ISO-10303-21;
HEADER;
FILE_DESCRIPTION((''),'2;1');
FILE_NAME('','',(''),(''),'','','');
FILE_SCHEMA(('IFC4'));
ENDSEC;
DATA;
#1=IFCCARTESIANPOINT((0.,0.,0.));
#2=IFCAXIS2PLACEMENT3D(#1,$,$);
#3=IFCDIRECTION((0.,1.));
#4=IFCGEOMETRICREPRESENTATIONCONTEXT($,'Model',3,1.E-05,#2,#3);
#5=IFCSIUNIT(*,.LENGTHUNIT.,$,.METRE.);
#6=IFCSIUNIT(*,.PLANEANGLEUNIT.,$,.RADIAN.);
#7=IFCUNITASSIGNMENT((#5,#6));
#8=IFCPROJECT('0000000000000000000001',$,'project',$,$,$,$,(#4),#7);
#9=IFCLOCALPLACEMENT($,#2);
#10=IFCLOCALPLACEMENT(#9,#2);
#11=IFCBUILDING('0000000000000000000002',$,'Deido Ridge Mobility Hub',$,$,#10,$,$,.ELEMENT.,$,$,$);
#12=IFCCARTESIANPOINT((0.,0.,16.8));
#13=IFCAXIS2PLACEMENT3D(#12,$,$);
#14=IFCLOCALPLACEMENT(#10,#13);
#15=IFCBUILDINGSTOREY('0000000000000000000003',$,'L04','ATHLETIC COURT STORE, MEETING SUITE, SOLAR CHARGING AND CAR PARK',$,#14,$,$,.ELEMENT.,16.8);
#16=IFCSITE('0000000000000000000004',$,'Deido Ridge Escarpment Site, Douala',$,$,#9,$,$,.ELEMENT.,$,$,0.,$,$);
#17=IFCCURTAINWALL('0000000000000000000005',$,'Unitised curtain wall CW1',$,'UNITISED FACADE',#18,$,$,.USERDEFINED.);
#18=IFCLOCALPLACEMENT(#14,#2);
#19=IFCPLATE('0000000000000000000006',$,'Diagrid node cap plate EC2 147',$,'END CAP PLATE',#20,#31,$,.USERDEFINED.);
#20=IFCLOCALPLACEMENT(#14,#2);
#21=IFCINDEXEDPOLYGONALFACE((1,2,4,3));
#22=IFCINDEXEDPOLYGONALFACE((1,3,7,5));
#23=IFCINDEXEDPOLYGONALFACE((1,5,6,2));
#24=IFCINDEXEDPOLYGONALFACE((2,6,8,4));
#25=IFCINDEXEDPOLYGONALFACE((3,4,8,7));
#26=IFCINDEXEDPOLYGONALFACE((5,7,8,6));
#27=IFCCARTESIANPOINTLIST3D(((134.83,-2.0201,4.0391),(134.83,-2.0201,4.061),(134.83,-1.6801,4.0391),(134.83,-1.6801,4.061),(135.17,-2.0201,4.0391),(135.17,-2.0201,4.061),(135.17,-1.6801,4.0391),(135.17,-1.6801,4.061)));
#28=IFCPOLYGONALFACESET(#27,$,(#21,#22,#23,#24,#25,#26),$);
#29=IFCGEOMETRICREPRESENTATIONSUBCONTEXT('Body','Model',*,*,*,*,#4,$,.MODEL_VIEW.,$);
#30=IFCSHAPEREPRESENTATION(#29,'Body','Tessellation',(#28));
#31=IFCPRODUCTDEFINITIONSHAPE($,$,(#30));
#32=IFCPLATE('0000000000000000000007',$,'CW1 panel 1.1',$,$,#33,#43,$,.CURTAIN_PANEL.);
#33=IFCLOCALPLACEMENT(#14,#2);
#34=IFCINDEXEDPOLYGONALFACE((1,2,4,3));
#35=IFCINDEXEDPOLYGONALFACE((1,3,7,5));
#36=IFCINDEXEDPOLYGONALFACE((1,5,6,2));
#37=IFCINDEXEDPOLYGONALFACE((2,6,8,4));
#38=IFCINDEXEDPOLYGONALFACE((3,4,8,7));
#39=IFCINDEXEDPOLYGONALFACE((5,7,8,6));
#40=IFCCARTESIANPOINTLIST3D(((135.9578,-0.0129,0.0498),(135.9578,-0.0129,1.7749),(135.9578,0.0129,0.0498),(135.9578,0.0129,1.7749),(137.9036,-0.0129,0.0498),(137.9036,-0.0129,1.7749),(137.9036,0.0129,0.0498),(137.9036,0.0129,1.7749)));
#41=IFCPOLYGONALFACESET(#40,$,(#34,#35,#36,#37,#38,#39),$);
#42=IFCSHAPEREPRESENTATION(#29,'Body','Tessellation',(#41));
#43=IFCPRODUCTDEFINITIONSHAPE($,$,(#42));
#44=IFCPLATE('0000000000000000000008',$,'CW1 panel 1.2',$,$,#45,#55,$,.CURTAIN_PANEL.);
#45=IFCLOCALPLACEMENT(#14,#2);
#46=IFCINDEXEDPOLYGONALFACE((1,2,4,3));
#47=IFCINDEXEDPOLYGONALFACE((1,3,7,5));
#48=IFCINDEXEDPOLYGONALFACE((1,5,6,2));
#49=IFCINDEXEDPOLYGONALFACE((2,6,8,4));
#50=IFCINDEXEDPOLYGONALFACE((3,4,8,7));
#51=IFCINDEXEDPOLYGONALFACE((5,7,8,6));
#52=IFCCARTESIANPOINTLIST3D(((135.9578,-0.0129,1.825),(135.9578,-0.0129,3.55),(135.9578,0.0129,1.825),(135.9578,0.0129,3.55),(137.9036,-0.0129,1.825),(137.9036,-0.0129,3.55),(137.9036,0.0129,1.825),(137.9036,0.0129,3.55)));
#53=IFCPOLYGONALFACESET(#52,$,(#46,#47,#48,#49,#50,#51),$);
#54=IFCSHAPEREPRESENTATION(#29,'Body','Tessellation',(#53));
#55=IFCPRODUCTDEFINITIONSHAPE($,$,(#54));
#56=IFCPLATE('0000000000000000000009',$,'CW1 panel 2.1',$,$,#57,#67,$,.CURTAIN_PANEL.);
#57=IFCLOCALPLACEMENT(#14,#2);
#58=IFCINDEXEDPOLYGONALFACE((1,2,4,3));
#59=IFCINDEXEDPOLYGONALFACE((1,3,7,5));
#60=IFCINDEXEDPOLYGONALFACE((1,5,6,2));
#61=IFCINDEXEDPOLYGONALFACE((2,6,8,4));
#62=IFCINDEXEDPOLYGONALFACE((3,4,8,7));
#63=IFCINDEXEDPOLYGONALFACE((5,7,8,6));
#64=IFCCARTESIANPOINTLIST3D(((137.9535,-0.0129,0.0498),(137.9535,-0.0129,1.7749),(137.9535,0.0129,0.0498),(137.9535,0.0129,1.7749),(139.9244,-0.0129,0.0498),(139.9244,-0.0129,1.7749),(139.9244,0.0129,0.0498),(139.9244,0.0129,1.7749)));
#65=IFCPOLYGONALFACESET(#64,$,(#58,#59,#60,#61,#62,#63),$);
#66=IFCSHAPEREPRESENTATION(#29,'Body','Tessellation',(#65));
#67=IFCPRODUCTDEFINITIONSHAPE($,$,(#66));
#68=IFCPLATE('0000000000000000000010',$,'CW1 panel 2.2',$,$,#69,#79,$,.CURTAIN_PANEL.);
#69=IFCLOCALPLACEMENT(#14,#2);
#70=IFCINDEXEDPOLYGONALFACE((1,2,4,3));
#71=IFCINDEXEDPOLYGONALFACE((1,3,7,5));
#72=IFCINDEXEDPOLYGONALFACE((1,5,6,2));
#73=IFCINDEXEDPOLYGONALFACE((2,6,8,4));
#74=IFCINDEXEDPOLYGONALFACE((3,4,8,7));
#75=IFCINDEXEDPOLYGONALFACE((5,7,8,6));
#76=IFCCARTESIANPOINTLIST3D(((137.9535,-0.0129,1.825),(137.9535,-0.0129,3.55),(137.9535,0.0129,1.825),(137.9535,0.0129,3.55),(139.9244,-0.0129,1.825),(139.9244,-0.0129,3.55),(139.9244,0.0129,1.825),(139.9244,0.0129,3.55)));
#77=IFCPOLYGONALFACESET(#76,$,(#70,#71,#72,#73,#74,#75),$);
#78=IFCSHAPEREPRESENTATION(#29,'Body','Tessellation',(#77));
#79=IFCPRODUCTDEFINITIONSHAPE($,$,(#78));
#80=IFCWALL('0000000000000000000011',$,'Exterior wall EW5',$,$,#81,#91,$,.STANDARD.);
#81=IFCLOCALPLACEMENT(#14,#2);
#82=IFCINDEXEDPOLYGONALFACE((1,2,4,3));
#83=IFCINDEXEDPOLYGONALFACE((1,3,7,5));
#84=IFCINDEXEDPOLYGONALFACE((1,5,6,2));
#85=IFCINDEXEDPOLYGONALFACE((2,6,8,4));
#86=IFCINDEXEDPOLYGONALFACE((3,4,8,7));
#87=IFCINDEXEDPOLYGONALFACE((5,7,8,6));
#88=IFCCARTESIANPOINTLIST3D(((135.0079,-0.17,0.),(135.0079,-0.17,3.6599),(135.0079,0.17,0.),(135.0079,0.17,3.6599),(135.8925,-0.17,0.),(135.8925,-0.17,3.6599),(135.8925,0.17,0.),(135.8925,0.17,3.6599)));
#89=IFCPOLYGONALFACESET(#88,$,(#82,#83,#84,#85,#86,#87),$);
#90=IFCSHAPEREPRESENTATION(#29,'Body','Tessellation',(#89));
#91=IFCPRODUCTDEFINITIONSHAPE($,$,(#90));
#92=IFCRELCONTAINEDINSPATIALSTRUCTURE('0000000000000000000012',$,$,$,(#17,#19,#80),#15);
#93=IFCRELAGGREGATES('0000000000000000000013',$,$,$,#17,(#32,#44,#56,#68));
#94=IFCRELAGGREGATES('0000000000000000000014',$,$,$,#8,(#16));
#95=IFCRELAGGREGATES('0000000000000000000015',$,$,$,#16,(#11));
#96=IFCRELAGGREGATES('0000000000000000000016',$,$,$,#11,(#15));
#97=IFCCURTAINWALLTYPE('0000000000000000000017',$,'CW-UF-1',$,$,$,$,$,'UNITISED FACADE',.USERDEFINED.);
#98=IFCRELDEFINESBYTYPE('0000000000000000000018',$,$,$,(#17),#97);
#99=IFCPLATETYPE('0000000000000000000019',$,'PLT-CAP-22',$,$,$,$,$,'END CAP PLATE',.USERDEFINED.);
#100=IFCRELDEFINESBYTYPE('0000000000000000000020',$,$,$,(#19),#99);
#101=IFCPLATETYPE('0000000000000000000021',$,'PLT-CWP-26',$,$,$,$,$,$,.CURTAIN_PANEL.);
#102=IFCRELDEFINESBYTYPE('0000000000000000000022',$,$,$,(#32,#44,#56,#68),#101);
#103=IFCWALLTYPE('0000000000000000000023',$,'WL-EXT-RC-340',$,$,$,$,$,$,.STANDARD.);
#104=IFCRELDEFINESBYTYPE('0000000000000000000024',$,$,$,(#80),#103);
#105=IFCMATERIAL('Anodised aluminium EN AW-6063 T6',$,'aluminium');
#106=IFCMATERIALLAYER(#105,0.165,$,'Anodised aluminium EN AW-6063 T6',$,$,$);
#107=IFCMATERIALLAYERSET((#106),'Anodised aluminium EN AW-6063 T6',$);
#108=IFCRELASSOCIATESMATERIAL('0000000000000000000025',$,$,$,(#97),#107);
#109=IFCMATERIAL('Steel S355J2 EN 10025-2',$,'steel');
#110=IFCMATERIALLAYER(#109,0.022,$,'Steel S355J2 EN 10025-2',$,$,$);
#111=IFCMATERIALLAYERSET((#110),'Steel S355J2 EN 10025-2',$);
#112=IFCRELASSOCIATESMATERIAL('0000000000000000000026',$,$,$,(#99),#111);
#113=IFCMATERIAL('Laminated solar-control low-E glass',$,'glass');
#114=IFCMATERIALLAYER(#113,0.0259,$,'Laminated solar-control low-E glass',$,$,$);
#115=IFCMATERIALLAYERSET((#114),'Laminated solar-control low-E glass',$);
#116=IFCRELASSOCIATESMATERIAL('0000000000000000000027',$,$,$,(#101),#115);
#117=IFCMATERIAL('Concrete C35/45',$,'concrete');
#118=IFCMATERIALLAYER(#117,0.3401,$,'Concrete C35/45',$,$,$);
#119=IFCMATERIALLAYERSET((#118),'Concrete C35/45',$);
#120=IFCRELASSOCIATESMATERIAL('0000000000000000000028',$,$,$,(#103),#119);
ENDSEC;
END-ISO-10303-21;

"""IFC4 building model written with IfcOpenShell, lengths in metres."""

from ifc_helpers import new_model, si_unit, direction, frame, frame_2d, origin, origin_2d, place, context, subcontext, project, spatial, rectangle, extrude, material, layer, layer_set, type_object, element, aggregate, save


model = new_model("IFC4")

# Units and contexts
model_context = context("Model", 3, precision=1e-05, world=origin(), true_north=direction((0.0, 1.0)))
body_context = subcontext(model_context, "Body", "Model", "MODEL_VIEW")
ifc_project = project(units=[si_unit("LENGTHUNIT", "METRE"), si_unit("PLANEANGLEUNIT", "RADIAN")], contexts=[model_context])

# Site, building, storey
site_placement = place(None, origin())
site = spatial("IfcSite", under=ifc_project, at=site_placement, Name="Deido Ridge Escarpment Site, Douala", CompositionType="ELEMENT", RefElevation=0.0)
building_placement = place(site_placement, origin())
building = spatial("IfcBuilding", under=site, at=building_placement, Name="Deido Ridge Mobility Hub", CompositionType="ELEMENT")
storey_placement = place(building_placement, frame((0.0, 0.0, 16.8)))
storey = spatial("IfcBuildingStorey", under=building, at=storey_placement, Name="L04", Description="ATHLETIC COURT STORE, MEETING SUITE, SOLAR CHARGING AND CAR PARK", CompositionType="ELEMENT", Elevation=16.8)

# Shared definitions
ifc_material_1 = material(Name="Steel S355J2 EN 10025-2", Category="steel")

# Curtain wall
ifc_material_2 = material(Name="Anodised aluminium EN AW-6063 T6", Category="aluminium")
ifc_layer_1 = layer(ifc_material_2, 0.165, Name="Anodised aluminium EN AW-6063 T6")
ifc_layer_set_1 = layer_set([ifc_layer_1], Name="Anodised aluminium EN AW-6063 T6")
curtain_wall_type_1 = type_object("IfcCurtainWallType", Name="CW-UF-1", ElementType="UNITISED FACADE", PredefinedType="USERDEFINED", material=ifc_layer_set_1)
curtain_wall_1_placement = place(storey_placement, origin())
curtain_wall_1 = element("IfcCurtainWall", 1, at=curtain_wall_1_placement, inside=storey, type_object=curtain_wall_type_1, Name="Unitised curtain wall CW1", ObjectType="UNITISED FACADE", PredefinedType="USERDEFINED")

# Plates
ifc_layer_2 = layer(ifc_material_1, 0.022, Name="Steel S355J2 EN 10025-2")
ifc_layer_set_2 = layer_set([ifc_layer_2], Name="Steel S355J2 EN 10025-2")
plate_type_1 = type_object("IfcPlateType", Name="PLT-CAP-22", ElementType="END CAP PLATE", PredefinedType="USERDEFINED", material=ifc_layer_set_2)
plate_1_placement = place(storey_placement, frame((135.0, -1.8501, 4.0391), z_axis=(0.0, 0.0, 1.0), x_axis=(1.0, 0.0, 0.0)))
element("IfcPlate", 2, at=plate_1_placement, inside=storey, type_object=plate_type_1, Name="Diagrid node cap plate EC2 147", ObjectType="END CAP PLATE", PredefinedType="USERDEFINED", context=body_context, shape_type="SweptSolid", body=[
    extrude(rectangle(XDim=0.3401, YDim=0.3401, at=origin_2d()), origin(), (0.0, 0.0, 1.0), 0.022),
])
ifc_material_3 = material(Name="Laminated solar-control low-E glass", Category="glass")
ifc_layer_3 = layer(ifc_material_3, 0.0259, Name="Laminated solar-control low-E glass")
ifc_layer_set_3 = layer_set([ifc_layer_3], Name="Laminated solar-control low-E glass")
plate_type_2 = type_object("IfcPlateType", Name="PLT-CWP-26", PredefinedType="CURTAIN_PANEL", material=ifc_layer_set_3)
plate_2_placement = place(storey_placement, frame((136.9307, 0.0, 0.0498), z_axis=(0.0, 0.0, 1.0), x_axis=(1.0, 0.0, 0.0)))
plate_2 = element("IfcPlate", 3, at=plate_2_placement, type_object=plate_type_2, Name="CW1 panel 1.1", PredefinedType="CURTAIN_PANEL", context=body_context, shape_type="SweptSolid", body=[
    extrude(rectangle(XDim=1.9458, YDim=0.0259, at=origin_2d()), origin(), (0.0, 0.0, 1.0), 1.7251),
])
plate_3_placement = place(storey_placement, frame((136.9307, 0.0, 1.825), z_axis=(0.0, 0.0, 1.0), x_axis=(1.0, 0.0, 0.0)))
plate_3 = element("IfcPlate", 4, at=plate_3_placement, type_object=plate_type_2, Name="CW1 panel 1.2", PredefinedType="CURTAIN_PANEL", context=body_context, shape_type="SweptSolid", body=[
    extrude(rectangle(XDim=1.9458, YDim=0.0259, at=origin_2d()), origin(), (0.0, 0.0, 1.0), 1.7251),
])
plate_4_placement = place(storey_placement, frame((138.939, 0.0, 0.0498), z_axis=(0.0, 0.0, 1.0), x_axis=(1.0, 0.0, 0.0)))
plate_4 = element("IfcPlate", 5, at=plate_4_placement, type_object=plate_type_2, Name="CW1 panel 2.1", PredefinedType="CURTAIN_PANEL", context=body_context, shape_type="SweptSolid", body=[
    extrude(rectangle(XDim=1.9709, YDim=0.0259, at=origin_2d()), origin(), (0.0, 0.0, 1.0), 1.7251),
])
plate_5_placement = place(storey_placement, frame((138.939, 0.0, 1.825), z_axis=(0.0, 0.0, 1.0), x_axis=(1.0, 0.0, 0.0)))
plate_5 = element("IfcPlate", 6, at=plate_5_placement, type_object=plate_type_2, Name="CW1 panel 2.2", PredefinedType="CURTAIN_PANEL", context=body_context, shape_type="SweptSolid", body=[
    extrude(rectangle(XDim=1.9709, YDim=0.0259, at=origin_2d()), origin(), (0.0, 0.0, 1.0), 1.7251),
])
aggregate(curtain_wall_1, [plate_2, plate_3, plate_4, plate_5])

# Wall
ifc_material_4 = material(Name="Concrete C35/45", Category="concrete")
ifc_layer_4 = layer(ifc_material_4, 0.3401, Name="Concrete C35/45")
ifc_layer_set_4 = layer_set([ifc_layer_4], Name="Concrete C35/45")
wall_type = type_object("IfcWallType", Name="WL-EXT-RC-340", PredefinedType="STANDARD", material=ifc_layer_set_4)
wall_placement = place(storey_placement, frame((135.0078, 0.0, 0.0), z_axis=(0.0, 0.0, 1.0), x_axis=(1.0, 0.0, 0.0)))
element("IfcWall", 7, at=wall_placement, inside=storey, type_object=wall_type, Name="Exterior wall EW5", PredefinedType="STANDARD", context=body_context, shape_type="SweptSolid", body=[
    extrude(rectangle(XDim=0.8845, YDim=0.3401, at=frame_2d((0.4424, 0.0))), origin(), (0.0, 0.0, 1.0), 3.6599),
])

save(model, "model.ifc")
